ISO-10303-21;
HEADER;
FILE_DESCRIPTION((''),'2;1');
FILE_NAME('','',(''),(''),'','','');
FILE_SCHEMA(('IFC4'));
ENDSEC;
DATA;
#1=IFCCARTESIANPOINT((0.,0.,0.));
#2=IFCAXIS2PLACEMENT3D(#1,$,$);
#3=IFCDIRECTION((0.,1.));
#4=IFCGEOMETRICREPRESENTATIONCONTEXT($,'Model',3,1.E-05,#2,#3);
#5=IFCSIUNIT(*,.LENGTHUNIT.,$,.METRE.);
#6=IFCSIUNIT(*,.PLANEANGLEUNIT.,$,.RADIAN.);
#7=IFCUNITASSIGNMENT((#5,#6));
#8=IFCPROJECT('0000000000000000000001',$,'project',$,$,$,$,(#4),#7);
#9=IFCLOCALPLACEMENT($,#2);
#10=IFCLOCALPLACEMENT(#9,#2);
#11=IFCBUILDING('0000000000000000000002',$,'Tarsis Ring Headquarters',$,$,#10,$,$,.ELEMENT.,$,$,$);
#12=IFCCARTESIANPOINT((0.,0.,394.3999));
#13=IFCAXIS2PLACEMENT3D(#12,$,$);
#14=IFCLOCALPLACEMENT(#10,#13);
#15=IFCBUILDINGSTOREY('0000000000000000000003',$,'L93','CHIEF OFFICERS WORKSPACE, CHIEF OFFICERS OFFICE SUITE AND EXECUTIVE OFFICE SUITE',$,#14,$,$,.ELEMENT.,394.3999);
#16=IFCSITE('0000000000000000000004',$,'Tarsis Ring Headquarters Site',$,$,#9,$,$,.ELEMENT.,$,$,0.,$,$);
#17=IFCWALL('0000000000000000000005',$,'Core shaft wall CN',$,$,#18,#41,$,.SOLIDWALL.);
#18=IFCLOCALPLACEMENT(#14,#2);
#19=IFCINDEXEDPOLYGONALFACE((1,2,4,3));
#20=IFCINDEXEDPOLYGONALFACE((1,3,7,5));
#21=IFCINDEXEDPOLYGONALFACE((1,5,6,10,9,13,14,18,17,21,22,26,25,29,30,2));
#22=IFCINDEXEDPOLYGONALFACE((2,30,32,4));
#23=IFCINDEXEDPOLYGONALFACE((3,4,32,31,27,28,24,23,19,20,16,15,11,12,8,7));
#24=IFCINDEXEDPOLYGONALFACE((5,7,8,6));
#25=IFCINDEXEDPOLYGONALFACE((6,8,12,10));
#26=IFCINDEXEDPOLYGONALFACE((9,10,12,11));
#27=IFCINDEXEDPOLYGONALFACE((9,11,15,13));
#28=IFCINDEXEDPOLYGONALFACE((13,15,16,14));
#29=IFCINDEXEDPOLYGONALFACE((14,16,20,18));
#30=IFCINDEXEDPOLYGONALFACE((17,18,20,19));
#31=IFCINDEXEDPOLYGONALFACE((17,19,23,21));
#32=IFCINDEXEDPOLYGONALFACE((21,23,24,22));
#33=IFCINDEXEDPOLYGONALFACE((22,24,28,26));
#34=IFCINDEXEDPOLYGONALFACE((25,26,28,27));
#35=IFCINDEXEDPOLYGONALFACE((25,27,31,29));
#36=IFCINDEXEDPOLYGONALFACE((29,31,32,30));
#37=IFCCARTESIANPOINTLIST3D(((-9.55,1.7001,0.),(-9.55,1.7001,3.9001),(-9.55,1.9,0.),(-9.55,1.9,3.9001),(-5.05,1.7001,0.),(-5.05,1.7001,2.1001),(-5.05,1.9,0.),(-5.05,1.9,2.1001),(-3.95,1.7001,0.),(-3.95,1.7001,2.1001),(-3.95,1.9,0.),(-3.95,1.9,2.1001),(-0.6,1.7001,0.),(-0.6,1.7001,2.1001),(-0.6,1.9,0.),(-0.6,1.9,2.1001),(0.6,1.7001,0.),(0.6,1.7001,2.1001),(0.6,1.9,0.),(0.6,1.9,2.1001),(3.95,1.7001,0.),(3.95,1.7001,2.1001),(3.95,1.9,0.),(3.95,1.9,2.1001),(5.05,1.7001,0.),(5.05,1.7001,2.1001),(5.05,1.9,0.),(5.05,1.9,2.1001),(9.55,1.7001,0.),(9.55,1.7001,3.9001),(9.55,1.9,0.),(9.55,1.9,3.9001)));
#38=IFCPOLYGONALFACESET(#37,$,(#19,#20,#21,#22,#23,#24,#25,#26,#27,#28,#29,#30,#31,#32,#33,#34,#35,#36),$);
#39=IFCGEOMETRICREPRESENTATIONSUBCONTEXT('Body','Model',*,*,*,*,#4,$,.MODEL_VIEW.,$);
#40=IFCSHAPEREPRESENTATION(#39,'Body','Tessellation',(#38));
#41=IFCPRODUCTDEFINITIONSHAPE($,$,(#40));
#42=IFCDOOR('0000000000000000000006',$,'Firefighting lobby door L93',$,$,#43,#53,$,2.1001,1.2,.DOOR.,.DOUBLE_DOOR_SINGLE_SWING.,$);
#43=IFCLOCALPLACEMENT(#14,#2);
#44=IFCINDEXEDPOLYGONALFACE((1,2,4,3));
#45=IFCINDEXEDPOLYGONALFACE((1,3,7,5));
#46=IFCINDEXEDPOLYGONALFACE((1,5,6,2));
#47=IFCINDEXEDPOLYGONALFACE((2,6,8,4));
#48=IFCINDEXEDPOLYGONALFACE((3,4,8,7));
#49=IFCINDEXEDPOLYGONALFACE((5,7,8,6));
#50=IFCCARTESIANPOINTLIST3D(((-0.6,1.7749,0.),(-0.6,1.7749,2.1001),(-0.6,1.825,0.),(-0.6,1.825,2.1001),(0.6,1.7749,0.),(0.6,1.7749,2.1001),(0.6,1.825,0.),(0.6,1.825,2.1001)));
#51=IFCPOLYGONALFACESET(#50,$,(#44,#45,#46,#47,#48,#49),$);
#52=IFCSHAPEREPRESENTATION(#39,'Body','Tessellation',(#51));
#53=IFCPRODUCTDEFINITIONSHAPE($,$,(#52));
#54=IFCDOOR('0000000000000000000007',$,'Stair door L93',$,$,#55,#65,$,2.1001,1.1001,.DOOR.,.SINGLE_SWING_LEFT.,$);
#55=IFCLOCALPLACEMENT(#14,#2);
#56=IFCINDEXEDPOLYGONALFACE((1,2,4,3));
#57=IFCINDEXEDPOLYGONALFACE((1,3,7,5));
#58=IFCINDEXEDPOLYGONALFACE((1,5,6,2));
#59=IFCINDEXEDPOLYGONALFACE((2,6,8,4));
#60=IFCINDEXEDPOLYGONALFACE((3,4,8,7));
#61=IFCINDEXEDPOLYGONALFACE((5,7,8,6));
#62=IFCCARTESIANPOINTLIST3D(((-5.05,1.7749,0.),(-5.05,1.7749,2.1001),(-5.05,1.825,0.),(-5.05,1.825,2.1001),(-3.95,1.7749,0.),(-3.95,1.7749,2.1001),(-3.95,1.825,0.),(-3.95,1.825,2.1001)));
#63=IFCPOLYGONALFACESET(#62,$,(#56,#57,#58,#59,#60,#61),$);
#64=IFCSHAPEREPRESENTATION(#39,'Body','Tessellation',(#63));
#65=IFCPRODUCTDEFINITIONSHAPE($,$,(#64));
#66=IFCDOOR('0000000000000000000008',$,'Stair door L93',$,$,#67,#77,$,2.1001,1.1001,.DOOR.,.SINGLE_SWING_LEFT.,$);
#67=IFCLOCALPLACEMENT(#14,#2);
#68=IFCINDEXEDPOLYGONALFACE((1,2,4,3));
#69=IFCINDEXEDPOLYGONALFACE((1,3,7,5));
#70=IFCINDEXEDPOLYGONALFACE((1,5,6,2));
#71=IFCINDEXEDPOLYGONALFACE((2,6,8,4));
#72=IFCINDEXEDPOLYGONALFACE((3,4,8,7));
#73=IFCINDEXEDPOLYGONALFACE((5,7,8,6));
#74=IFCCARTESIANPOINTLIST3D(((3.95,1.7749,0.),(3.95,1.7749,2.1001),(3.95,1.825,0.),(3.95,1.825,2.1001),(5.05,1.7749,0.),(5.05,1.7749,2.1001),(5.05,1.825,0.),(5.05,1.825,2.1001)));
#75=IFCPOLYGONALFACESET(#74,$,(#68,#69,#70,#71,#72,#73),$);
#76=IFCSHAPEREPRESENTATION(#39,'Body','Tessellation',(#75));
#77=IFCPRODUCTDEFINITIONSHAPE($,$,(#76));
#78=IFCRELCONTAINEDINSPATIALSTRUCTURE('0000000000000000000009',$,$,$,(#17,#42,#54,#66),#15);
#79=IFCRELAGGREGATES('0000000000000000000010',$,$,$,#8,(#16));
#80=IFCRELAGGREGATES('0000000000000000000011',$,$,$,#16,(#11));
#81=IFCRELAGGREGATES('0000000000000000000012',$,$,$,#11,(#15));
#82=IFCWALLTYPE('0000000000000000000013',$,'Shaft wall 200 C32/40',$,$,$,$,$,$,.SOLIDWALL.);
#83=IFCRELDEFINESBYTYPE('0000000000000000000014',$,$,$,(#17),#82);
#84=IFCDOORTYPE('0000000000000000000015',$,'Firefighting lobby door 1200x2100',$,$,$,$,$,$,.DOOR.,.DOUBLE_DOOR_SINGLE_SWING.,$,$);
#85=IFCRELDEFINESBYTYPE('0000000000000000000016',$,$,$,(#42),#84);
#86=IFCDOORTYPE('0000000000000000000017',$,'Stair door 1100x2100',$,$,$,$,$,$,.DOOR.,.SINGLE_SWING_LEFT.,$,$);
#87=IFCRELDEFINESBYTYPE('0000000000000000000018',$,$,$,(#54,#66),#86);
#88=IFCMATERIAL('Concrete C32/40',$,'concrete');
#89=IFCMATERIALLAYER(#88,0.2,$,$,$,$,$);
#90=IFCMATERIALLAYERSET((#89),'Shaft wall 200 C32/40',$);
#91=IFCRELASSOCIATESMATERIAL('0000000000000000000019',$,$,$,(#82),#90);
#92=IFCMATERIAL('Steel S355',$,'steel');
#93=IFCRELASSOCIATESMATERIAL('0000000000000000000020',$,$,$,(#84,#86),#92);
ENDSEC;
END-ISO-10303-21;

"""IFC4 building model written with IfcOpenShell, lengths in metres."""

from ifc_helpers import new_model, si_unit, direction, frame, frame_2d, origin, place, context, subcontext, project, spatial, rectangle, extrude, material, layer, layer_set, type_object, element, fill, save


model = new_model("IFC4")

# Units and contexts
model_context = context("Model", 3, precision=1e-05, world=origin(), true_north=direction((0.0, 1.0)))
body_context = subcontext(model_context, "Body", "Model", "MODEL_VIEW")
ifc_project = project(units=[si_unit("LENGTHUNIT", "METRE"), si_unit("PLANEANGLEUNIT", "RADIAN")], contexts=[model_context])

# Site, building, storey
site_placement = place(None, origin())
site = spatial("IfcSite", under=ifc_project, at=site_placement, Name="Tarsis Ring Headquarters Site", CompositionType="ELEMENT", RefElevation=0.0)
building_placement = place(site_placement, origin())
building = spatial("IfcBuilding", under=site, at=building_placement, Name="Tarsis Ring Headquarters", CompositionType="ELEMENT")
storey_placement = place(building_placement, frame((0.0, 0.0, 394.3999)))
storey = spatial("IfcBuildingStorey", under=building, at=storey_placement, Name="L93", Description="CHIEF OFFICERS WORKSPACE, CHIEF OFFICERS OFFICE SUITE AND EXECUTIVE OFFICE SUITE", CompositionType="ELEMENT", Elevation=394.3999)

# Wall, openings, doors
ifc_material_1 = material(Name="Concrete C32/40", Category="concrete")
ifc_layer_1 = layer(ifc_material_1, 0.2)
ifc_layer_set_1 = layer_set([ifc_layer_1], Name="Shaft wall 200 C32/40")
wall_type_1 = type_object("IfcWallType", Name="Shaft wall 200 C32/40", PredefinedType="SOLIDWALL", material=ifc_layer_set_1)
wall_1_placement = place(storey_placement, frame((-9.55, 1.8, 0.0), z_axis=(0.0, 0.0, 1.0), x_axis=(1.0, 0.0, 0.0)))
wall_1 = element("IfcWall", 1, at=wall_1_placement, inside=storey, type_object=wall_type_1, Name="Core shaft wall CN", PredefinedType="SOLIDWALL", context=body_context, shape_type="SweptSolid", body=[
    extrude(rectangle(XDim=19.1001, YDim=0.2, at=frame_2d((9.55, 0.0))), origin(), (0.0, 0.0, 1.0), 3.9001),
])
opening_1_placement = place(wall_1_placement, frame((4.5, 0.0, 0.0)))
opening_1 = element("IfcOpeningElement", 2, at=opening_1_placement, cuts=wall_1, PredefinedType="OPENING", context=body_context, shape_type="SweptSolid", body=[
    extrude(rectangle(XDim=1.1001, YDim=2.1001, at=frame_2d((0.55, 1.05))), frame((0.0, 0.1099, 0.0), z_axis=(0.0, -1.0, 0.0), x_axis=(1.0, 0.0, 0.0)), (0.0, 0.0, 1.0), 0.22),
])
opening_2_placement = place(wall_1_placement, frame((8.95, 0.0, 0.0)))
opening_2 = element("IfcOpeningElement", 3, at=opening_2_placement, cuts=wall_1, PredefinedType="OPENING", context=body_context, shape_type="SweptSolid", body=[
    extrude(rectangle(XDim=1.2, YDim=2.1001, at=frame_2d((0.6001, 1.05))), frame((0.0, 0.1099, 0.0), z_axis=(0.0, -1.0, 0.0), x_axis=(1.0, 0.0, 0.0)), (0.0, 0.0, 1.0), 0.22),
])
opening_3_placement = place(wall_1_placement, frame((13.5, 0.0, 0.0)))
opening_3 = element("IfcOpeningElement", 4, at=opening_3_placement, cuts=wall_1, PredefinedType="OPENING", context=body_context, shape_type="SweptSolid", body=[
    extrude(rectangle(XDim=1.1001, YDim=2.1001, at=frame_2d((0.55, 1.05))), frame((0.0, 0.1099, 0.0), z_axis=(0.0, -1.0, 0.0), x_axis=(1.0, 0.0, 0.0)), (0.0, 0.0, 1.0), 0.22),
])
ifc_material_2 = material(Name="Steel S355", Category="steel")
door_type_1 = type_object("IfcDoorType", Name="Firefighting lobby door 1200x2100", OperationType="DOUBLE_DOOR_SINGLE_SWING", PredefinedType="DOOR", material=ifc_material_2)
door_1_placement = place(opening_2_placement, origin())
door_1 = element("IfcDoor", 5, at=door_1_placement, inside=storey, type_object=door_type_1, Name="Firefighting lobby door L93", OperationType="DOUBLE_DOOR_SINGLE_SWING", OverallHeight=2.1001, OverallWidth=1.2, PredefinedType="DOOR", context=body_context, shape_type="SweptSolid", body=[
    extrude(rectangle(XDim=1.2, YDim=2.1001, at=frame_2d((0.6001, 1.05))), frame((0.0, 0.0249, 0.0), z_axis=(0.0, -1.0, 0.0), x_axis=(1.0, 0.0, 0.0)), (0.0, 0.0, 1.0), 0.05),
])
fill(opening_2, door_1)
door_type_2 = type_object("IfcDoorType", Name="Stair door 1100x2100", OperationType="SINGLE_SWING_LEFT", PredefinedType="DOOR", material=ifc_material_2)
door_2_placement = place(opening_1_placement, origin())
door_2 = element("IfcDoor", 6, at=door_2_placement, inside=storey, type_object=door_type_2, Name="Stair door L93", OperationType="SINGLE_SWING_LEFT", OverallHeight=2.1001, OverallWidth=1.1001, PredefinedType="DOOR", context=body_context, shape_type="SweptSolid", body=[
    extrude(rectangle(XDim=1.1001, YDim=2.1001, at=frame_2d((0.55, 1.05))), frame((0.0, 0.0249, 0.0), z_axis=(0.0, -1.0, 0.0), x_axis=(1.0, 0.0, 0.0)), (0.0, 0.0, 1.0), 0.05),
])
fill(opening_1, door_2)
door_3_placement = place(opening_3_placement, origin())
door_3 = element("IfcDoor", 7, at=door_3_placement, inside=storey, type_object=door_type_2, Name="Stair door L93", OperationType="SINGLE_SWING_LEFT", OverallHeight=2.1001, OverallWidth=1.1001, PredefinedType="DOOR", context=body_context, shape_type="SweptSolid", body=[
    extrude(rectangle(XDim=1.1001, YDim=2.1001, at=frame_2d((0.55, 1.05))), frame((0.0, 0.0249, 0.0), z_axis=(0.0, -1.0, 0.0), x_axis=(1.0, 0.0, 0.0)), (0.0, 0.0, 1.0), 0.05),
])
fill(opening_3, door_3)

save(model, "model.ifc")
